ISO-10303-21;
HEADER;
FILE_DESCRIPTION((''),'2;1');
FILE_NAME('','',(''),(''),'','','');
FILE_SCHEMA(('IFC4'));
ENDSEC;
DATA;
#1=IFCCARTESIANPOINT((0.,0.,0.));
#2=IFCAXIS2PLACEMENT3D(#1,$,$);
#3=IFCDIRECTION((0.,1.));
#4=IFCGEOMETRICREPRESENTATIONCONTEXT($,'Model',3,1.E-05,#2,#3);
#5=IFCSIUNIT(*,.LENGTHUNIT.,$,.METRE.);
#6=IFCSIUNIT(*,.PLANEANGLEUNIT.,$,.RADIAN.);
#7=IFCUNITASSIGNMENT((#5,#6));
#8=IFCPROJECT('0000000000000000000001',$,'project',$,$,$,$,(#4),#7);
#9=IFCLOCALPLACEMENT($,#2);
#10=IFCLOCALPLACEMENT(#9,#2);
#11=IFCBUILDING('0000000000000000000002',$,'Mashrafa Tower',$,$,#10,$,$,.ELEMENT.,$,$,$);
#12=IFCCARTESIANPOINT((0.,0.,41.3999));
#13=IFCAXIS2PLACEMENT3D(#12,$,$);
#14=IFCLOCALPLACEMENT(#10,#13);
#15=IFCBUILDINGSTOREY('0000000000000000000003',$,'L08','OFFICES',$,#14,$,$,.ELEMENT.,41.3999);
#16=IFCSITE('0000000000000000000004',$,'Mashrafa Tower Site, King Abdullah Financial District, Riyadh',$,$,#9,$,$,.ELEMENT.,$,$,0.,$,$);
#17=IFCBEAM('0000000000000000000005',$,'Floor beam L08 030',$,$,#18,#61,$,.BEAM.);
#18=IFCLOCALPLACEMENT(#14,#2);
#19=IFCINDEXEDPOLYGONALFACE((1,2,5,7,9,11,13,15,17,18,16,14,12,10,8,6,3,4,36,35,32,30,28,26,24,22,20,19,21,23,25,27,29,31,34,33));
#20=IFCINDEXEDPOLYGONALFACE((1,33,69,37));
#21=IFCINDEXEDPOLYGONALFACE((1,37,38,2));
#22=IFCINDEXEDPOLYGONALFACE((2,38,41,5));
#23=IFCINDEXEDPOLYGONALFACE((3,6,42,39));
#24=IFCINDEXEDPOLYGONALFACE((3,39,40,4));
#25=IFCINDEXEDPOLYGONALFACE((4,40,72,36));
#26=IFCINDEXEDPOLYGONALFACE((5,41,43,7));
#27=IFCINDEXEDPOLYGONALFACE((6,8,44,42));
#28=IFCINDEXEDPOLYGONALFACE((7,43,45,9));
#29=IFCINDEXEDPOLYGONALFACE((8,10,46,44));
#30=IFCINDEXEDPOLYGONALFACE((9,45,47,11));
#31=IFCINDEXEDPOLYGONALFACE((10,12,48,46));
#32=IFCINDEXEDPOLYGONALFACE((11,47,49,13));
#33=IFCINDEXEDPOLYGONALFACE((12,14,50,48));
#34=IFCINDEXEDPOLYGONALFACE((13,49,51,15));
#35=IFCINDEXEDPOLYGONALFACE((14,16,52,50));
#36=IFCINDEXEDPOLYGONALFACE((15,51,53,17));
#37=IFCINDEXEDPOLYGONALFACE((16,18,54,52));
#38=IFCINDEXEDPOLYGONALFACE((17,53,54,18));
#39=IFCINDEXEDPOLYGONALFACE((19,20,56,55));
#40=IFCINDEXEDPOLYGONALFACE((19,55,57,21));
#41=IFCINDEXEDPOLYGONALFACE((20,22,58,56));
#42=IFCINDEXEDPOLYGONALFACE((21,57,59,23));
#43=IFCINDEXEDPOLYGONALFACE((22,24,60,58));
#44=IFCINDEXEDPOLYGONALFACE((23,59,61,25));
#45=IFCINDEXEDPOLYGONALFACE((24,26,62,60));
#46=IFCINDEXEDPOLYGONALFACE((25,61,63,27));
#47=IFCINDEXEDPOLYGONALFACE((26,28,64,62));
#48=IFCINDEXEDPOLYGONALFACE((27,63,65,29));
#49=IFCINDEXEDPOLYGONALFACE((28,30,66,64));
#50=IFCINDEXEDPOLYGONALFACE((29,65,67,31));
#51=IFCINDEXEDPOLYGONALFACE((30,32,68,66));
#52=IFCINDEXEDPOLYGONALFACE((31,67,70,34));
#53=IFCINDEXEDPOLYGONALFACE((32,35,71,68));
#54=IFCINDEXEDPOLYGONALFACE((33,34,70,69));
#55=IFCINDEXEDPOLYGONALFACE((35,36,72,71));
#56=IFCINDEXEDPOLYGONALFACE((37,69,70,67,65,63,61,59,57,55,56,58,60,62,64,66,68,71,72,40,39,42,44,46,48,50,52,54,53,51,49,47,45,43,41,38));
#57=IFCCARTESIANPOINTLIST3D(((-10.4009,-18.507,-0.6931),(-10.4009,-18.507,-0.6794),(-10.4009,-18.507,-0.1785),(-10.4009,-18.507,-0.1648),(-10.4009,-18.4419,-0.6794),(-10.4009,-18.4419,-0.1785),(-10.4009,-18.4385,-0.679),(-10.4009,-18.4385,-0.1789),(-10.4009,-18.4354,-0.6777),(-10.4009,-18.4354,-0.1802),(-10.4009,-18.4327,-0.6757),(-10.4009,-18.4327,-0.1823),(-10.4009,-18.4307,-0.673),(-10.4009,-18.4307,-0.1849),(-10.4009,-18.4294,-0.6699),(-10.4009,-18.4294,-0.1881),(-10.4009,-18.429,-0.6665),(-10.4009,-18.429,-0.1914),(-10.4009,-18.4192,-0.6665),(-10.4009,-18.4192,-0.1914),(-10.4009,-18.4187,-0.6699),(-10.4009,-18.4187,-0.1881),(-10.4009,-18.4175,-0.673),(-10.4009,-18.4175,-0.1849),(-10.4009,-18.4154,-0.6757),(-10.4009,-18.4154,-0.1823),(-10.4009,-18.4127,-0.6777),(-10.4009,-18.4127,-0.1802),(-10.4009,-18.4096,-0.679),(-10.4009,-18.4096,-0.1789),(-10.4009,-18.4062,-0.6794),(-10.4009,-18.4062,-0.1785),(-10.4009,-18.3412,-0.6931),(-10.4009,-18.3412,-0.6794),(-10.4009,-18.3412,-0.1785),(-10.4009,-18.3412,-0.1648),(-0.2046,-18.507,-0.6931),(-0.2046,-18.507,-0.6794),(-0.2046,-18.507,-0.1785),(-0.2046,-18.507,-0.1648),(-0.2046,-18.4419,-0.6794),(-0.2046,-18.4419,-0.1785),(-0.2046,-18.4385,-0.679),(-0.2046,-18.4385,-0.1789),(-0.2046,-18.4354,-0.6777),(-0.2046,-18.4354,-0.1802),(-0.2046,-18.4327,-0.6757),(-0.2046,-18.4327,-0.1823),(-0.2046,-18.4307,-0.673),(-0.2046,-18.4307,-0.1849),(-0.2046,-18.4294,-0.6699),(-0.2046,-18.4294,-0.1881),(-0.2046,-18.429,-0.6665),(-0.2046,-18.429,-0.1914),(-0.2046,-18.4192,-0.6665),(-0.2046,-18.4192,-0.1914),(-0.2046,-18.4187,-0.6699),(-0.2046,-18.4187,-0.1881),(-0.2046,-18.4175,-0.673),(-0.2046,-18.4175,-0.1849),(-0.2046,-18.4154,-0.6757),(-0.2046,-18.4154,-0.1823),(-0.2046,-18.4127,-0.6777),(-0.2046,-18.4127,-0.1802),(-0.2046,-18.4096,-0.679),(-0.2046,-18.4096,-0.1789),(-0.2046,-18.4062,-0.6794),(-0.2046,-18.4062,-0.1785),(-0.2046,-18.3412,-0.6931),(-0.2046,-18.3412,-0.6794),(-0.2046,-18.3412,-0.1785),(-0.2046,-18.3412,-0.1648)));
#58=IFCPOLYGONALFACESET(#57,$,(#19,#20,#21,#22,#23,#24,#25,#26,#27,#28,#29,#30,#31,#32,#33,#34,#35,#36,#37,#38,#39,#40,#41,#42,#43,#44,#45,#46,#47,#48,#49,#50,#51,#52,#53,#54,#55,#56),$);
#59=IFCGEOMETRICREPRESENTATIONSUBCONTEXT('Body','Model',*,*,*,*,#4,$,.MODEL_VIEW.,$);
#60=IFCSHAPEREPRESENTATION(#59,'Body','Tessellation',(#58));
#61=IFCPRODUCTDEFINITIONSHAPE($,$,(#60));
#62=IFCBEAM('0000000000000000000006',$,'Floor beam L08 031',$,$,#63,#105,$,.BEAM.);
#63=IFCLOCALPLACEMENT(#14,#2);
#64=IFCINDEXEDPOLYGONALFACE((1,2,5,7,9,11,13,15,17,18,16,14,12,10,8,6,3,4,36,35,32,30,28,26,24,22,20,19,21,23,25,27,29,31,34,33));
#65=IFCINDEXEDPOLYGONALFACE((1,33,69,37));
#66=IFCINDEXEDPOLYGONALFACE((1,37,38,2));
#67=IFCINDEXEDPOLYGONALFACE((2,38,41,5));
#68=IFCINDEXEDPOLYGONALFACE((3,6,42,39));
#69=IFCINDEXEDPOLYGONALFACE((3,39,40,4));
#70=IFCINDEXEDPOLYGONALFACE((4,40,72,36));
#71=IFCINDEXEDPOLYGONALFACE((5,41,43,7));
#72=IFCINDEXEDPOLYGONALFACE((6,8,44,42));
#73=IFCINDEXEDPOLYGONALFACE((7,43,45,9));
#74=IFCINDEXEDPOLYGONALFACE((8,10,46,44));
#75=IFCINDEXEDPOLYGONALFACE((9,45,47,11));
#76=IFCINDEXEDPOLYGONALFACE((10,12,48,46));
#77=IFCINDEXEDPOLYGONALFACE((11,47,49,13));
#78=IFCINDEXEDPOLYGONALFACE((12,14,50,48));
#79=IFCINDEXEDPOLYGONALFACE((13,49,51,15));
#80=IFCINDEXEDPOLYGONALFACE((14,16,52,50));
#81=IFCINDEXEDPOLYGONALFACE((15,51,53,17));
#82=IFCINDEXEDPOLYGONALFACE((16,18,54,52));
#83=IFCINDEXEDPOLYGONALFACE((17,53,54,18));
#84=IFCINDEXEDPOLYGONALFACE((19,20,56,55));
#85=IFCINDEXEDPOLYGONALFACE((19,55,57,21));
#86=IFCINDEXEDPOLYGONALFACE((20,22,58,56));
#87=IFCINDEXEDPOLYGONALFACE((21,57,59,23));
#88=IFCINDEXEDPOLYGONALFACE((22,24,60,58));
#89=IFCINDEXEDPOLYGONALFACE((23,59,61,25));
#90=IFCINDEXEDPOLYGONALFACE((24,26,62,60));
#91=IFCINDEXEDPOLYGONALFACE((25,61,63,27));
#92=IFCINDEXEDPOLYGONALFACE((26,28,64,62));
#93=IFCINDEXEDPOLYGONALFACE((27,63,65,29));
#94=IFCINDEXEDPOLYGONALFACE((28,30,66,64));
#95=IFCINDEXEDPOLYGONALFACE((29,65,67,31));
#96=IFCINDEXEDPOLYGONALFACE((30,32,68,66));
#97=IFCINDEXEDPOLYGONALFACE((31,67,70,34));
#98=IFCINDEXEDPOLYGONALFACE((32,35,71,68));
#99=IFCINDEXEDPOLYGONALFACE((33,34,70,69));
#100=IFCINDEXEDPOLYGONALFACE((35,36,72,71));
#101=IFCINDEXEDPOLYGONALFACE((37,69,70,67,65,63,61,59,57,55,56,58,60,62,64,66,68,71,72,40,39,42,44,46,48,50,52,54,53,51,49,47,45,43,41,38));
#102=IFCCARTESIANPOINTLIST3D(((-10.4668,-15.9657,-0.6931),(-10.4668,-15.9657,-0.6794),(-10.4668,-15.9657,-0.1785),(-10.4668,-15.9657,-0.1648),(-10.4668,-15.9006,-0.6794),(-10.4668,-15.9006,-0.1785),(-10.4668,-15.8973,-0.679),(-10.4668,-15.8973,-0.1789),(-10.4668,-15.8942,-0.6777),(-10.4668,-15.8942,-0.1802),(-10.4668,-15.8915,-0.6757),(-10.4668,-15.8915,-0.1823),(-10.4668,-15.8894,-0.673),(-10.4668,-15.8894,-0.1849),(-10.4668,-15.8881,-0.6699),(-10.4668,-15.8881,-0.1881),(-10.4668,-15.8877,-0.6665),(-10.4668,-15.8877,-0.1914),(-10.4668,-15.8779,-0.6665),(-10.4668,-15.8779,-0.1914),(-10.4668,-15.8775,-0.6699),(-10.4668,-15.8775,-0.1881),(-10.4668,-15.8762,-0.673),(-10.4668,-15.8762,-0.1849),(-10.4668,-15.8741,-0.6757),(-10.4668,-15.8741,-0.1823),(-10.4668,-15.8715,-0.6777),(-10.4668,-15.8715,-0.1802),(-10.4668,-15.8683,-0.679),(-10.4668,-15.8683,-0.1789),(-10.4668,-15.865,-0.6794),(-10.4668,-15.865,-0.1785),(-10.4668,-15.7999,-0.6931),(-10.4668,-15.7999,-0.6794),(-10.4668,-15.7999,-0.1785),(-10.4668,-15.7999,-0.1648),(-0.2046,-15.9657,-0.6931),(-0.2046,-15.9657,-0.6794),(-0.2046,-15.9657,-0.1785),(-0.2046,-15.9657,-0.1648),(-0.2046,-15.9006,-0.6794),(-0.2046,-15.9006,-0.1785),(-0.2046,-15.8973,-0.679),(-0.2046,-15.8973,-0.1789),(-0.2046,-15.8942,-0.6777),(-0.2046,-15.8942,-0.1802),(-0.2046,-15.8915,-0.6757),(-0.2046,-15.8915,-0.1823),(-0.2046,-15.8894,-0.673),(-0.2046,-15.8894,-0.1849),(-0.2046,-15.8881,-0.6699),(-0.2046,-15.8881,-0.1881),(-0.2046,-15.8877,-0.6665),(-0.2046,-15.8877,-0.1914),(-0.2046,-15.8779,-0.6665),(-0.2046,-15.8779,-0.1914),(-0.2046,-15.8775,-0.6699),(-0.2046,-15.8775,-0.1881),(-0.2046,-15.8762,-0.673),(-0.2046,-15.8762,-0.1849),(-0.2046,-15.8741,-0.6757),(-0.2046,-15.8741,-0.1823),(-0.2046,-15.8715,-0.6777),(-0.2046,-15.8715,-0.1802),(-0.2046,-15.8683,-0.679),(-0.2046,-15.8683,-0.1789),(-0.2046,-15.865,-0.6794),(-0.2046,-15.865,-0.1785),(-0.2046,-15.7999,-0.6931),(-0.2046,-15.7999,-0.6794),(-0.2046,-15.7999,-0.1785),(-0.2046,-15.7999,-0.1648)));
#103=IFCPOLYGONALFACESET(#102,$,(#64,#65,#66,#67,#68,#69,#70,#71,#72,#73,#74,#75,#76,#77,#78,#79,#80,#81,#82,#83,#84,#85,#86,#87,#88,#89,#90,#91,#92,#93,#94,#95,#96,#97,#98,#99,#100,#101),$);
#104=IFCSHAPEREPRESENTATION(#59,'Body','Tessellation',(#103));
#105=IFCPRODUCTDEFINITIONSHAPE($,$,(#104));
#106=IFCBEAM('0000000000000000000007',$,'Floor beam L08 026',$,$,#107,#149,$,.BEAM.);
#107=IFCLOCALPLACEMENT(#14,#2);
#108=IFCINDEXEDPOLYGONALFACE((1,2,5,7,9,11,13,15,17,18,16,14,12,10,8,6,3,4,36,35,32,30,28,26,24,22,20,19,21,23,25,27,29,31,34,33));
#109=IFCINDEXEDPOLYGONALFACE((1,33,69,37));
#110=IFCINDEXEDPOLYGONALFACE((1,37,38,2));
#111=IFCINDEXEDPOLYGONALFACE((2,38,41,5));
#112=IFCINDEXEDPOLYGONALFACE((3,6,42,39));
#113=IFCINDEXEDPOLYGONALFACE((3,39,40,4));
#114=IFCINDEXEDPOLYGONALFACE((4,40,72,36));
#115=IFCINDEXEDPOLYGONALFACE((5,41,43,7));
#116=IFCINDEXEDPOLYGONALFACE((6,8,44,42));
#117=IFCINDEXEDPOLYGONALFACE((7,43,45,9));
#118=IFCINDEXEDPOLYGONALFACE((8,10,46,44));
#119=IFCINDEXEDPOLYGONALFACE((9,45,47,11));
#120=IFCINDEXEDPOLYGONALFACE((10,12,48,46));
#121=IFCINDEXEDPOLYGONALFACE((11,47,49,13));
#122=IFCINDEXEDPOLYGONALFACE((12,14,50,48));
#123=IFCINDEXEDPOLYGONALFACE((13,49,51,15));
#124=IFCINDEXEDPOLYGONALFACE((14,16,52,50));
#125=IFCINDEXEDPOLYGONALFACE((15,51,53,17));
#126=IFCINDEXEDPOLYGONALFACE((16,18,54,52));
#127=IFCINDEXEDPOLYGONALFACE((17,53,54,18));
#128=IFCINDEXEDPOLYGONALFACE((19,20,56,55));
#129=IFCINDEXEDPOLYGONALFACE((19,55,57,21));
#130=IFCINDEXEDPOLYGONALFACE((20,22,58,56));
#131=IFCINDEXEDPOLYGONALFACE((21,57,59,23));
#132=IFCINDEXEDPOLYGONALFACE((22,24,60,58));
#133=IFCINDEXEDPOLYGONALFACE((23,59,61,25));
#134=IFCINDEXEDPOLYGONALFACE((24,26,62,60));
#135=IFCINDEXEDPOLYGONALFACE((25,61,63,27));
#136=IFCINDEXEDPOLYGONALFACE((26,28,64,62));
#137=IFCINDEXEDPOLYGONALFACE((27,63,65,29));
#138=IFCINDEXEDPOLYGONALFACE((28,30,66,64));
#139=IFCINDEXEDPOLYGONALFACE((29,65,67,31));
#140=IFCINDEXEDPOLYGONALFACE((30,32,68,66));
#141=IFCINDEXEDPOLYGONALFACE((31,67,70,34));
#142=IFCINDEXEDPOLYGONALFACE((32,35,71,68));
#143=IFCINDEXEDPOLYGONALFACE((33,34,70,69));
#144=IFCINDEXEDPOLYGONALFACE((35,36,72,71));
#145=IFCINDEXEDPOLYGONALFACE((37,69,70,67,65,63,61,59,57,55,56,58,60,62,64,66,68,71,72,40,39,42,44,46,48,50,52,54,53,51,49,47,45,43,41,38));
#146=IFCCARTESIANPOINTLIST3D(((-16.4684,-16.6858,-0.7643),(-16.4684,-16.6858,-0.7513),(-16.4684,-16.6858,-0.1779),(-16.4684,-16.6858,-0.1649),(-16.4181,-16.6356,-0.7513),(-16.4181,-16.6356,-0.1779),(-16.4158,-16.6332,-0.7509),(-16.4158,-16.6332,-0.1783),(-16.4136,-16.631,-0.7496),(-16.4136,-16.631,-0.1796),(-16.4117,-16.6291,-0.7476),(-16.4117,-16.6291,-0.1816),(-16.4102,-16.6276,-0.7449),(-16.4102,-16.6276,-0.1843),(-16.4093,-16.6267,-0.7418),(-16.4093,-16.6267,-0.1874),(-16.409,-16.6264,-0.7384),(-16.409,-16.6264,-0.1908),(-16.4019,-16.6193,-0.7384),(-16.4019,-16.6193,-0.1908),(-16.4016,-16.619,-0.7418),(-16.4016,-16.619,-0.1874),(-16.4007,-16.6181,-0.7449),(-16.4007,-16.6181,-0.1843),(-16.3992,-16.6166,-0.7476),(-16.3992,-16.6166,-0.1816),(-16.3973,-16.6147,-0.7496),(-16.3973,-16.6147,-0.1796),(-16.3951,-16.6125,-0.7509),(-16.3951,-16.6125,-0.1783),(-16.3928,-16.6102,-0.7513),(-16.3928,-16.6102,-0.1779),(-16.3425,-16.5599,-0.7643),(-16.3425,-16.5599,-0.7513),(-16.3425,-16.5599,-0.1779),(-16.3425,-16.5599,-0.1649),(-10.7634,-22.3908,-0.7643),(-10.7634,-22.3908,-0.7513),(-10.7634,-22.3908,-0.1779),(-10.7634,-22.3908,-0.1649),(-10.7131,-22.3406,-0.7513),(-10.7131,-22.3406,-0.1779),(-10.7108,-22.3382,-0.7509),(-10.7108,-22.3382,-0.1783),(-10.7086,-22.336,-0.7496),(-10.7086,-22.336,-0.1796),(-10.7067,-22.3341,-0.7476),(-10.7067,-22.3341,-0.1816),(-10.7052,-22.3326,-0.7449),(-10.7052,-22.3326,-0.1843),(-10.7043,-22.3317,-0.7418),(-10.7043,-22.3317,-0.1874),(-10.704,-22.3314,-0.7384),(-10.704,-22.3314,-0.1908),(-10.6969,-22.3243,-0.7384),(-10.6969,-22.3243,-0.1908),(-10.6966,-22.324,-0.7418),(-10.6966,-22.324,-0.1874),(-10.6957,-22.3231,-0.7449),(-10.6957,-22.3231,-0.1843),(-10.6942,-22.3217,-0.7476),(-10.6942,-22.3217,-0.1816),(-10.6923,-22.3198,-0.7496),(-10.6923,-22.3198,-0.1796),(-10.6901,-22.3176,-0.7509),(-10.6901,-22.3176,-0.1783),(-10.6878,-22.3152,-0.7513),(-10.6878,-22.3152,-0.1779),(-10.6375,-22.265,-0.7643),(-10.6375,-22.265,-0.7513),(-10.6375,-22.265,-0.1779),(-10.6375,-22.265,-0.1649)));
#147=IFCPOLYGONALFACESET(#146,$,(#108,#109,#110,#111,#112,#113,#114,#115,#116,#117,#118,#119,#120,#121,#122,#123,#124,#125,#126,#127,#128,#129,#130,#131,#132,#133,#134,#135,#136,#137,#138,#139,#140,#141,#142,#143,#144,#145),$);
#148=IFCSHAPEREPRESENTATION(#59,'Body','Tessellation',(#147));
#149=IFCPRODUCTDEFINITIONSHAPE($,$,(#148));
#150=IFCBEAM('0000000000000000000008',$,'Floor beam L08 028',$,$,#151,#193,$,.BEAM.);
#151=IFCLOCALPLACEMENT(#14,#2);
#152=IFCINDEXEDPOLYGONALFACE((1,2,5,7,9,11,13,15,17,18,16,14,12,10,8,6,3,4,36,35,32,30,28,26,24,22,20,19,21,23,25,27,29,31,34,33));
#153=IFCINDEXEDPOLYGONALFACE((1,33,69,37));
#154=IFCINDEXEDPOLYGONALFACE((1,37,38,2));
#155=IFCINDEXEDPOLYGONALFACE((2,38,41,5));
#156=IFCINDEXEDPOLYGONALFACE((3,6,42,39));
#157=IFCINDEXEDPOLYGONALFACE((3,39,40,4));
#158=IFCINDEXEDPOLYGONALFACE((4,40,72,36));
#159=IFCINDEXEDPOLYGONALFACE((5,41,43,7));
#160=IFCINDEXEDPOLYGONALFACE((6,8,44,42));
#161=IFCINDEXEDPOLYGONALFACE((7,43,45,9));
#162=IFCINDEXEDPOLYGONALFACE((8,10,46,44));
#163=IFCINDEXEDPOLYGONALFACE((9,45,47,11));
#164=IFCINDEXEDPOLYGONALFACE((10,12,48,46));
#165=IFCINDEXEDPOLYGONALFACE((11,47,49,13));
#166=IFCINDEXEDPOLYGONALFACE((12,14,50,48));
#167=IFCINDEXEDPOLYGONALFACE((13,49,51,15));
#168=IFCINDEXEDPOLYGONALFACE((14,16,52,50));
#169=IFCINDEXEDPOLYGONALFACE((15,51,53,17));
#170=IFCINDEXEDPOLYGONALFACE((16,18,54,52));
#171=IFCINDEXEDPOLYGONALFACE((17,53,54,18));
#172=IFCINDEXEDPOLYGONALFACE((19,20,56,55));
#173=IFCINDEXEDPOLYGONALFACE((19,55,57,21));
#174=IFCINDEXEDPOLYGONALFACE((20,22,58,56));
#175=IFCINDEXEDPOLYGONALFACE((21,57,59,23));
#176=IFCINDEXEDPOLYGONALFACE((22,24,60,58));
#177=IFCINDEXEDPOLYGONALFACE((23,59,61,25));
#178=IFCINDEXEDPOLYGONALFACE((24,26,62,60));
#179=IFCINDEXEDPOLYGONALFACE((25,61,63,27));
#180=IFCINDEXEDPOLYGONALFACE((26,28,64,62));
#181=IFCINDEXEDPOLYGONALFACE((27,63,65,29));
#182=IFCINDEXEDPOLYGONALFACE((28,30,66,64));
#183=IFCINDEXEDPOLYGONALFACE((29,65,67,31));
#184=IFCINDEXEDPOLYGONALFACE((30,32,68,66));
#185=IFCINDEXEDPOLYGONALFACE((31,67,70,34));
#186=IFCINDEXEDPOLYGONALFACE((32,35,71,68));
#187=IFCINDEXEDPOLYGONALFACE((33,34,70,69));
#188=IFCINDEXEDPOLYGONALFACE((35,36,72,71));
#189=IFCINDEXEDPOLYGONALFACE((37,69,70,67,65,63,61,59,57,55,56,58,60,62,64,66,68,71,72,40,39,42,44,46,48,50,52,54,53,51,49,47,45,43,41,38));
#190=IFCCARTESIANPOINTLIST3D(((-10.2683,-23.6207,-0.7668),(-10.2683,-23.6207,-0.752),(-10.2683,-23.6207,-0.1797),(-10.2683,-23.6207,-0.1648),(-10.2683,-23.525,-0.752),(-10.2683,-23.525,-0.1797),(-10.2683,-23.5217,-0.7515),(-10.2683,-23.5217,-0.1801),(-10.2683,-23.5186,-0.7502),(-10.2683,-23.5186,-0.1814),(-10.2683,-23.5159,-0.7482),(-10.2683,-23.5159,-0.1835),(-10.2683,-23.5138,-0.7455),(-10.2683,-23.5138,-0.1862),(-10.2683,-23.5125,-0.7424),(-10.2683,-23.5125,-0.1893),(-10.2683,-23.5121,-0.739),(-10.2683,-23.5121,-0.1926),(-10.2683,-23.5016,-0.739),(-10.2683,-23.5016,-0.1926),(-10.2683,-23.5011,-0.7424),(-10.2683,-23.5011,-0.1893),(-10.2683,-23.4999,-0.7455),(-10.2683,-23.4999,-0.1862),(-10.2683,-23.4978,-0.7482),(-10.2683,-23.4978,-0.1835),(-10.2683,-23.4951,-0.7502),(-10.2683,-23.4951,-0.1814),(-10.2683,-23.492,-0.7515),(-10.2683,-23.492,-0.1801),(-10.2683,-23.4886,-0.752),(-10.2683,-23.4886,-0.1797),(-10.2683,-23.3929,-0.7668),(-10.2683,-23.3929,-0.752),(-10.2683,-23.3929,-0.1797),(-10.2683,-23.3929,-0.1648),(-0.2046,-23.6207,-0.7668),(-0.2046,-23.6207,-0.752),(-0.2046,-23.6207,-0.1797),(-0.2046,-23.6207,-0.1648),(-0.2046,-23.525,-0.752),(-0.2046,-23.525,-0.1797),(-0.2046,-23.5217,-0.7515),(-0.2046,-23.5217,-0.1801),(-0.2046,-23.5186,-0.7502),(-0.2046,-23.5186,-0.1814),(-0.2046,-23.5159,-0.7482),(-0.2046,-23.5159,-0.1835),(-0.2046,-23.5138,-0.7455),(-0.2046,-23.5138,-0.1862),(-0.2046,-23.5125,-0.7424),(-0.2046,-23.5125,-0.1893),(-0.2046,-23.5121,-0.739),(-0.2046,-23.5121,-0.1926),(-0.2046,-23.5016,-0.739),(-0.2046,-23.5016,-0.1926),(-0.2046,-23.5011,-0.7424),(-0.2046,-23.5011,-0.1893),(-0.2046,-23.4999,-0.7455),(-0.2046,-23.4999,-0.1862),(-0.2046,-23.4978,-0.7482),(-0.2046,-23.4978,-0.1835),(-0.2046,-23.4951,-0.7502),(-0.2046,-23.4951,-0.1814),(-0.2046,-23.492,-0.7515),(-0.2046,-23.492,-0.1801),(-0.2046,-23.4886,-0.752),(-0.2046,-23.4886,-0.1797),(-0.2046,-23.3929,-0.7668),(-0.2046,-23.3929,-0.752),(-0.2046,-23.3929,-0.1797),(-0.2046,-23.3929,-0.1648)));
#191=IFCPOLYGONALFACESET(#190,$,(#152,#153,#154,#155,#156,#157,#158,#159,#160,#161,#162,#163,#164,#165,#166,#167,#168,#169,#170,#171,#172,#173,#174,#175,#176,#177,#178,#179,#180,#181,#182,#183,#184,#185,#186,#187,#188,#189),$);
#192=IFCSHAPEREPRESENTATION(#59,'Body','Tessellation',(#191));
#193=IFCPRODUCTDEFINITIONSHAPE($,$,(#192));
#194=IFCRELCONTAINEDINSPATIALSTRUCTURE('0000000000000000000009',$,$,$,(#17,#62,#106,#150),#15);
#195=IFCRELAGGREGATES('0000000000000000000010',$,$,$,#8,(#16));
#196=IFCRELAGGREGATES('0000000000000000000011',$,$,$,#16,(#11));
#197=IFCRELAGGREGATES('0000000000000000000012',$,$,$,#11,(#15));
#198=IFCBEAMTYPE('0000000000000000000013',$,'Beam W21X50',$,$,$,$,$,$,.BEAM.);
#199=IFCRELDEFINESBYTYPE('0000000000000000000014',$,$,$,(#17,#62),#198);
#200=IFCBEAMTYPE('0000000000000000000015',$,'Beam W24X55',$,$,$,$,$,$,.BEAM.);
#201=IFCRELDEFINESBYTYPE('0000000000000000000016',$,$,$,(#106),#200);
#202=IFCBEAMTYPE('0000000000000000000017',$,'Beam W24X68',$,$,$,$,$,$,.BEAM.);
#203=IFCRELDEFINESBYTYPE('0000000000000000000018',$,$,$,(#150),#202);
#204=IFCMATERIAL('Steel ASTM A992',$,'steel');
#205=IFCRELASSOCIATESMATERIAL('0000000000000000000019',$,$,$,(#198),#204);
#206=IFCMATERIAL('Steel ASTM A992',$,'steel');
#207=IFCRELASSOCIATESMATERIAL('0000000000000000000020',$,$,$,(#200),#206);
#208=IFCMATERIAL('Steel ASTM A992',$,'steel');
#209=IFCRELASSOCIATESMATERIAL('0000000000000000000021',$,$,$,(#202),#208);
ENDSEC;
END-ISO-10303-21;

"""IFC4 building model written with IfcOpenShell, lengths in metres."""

from ifc_helpers import new_model, si_unit, direction, frame, origin, origin_2d, place, context, subcontext, project, spatial, i_section, extrude, material, material_profile, profile_set, type_object, element, save


model = new_model("IFC4")

# Units and contexts
model_context = context("Model", 3, precision=1e-05, world=origin(), true_north=direction((0.0, 1.0)))
body_context = subcontext(model_context, "Body", "Model", "MODEL_VIEW")
ifc_project = project(units=[si_unit("LENGTHUNIT", "METRE"), si_unit("PLANEANGLEUNIT", "RADIAN")], contexts=[model_context])

# Site, building, storey
site_placement = place(None, origin())
site = spatial("IfcSite", under=ifc_project, at=site_placement, Name="Mashrafa Tower Site, King Abdullah Financial District, Riyadh", CompositionType="ELEMENT", RefElevation=0.0)
building_placement = place(site_placement, origin())
building = spatial("IfcBuilding", under=site, at=building_placement, Name="Mashrafa Tower", CompositionType="ELEMENT")
storey_placement = place(building_placement, frame((0.0, 0.0, 41.3999)))
storey = spatial("IfcBuildingStorey", under=building, at=storey_placement, Name="L08", Description="OFFICES", CompositionType="ELEMENT", Elevation=41.3999)

# Beams
ifc_material_1 = material(Name="Steel ASTM A992", Category="steel")
ifc_material_profile_1 = material_profile(ifc_material_1, i_section(OverallWidth=0.1658, OverallDepth=0.5283, WebThickness=0.0098, FlangeThickness=0.0137, FilletRadius=0.0129, at=origin_2d()), Name="W21X50")
ifc_profile_set_1 = profile_set([ifc_material_profile_1], Name="Steel ASTM A992")
beam_type_1 = type_object("IfcBeamType", Name="Beam W21X50", PredefinedType="BEAM", material=ifc_profile_set_1)
beam_1_placement = place(storey_placement, frame((-0.2046, -18.4241, -0.429), z_axis=(-1.0, 0.0, 0.0), x_axis=(0.0, -1.0, 0.0)))
element("IfcBeam", 1, at=beam_1_placement, inside=storey, type_object=beam_type_1, Name="Floor beam L08 030", PredefinedType="BEAM", context=body_context, shape_type="SweptSolid", body=[
    extrude(i_section(OverallWidth=0.1658, OverallDepth=0.5283, WebThickness=0.0098, FlangeThickness=0.0137, FilletRadius=0.0129, at=origin_2d()), origin(), (0.0, 0.0, 1.0), 10.1963),
])
beam_2_placement = place(storey_placement, frame((-0.2046, -15.8828, -0.429), z_axis=(-1.0, 0.0, 0.0), x_axis=(0.0, -1.0, 0.0)))
element("IfcBeam", 2, at=beam_2_placement, inside=storey, type_object=beam_type_1, Name="Floor beam L08 031", PredefinedType="BEAM", context=body_context, shape_type="SweptSolid", body=[
    extrude(i_section(OverallWidth=0.1658, OverallDepth=0.5283, WebThickness=0.0098, FlangeThickness=0.0137, FilletRadius=0.0129, at=origin_2d()), origin(), (0.0, 0.0, 1.0), 10.2622),
])
ifc_material_2 = material(Name="Steel ASTM A992", Category="steel")
ifc_material_profile_2 = material_profile(ifc_material_2, i_section(OverallWidth=0.178, OverallDepth=0.5994, WebThickness=0.01, FlangeThickness=0.0129, FilletRadius=0.0129, at=origin_2d()), Name="W24X55")
ifc_profile_set_2 = profile_set([ifc_material_profile_2], Name="Steel ASTM A992")
beam_type_2 = type_object("IfcBeamType", Name="Beam W24X55", PredefinedType="BEAM", material=ifc_profile_set_2)
beam_3_placement = place(storey_placement, frame((-10.7004, -22.3279, -0.4646), z_axis=(-0.707107, 0.707107, 0.0), x_axis=(-0.707107, -0.707107, 0.0)))
element("IfcBeam", 3, at=beam_3_placement, inside=storey, type_object=beam_type_2, Name="Floor beam L08 026", PredefinedType="BEAM", context=body_context, shape_type="SweptSolid", body=[
    extrude(i_section(OverallWidth=0.178, OverallDepth=0.5994, WebThickness=0.01, FlangeThickness=0.0129, FilletRadius=0.0129, at=origin_2d()), origin(), (0.0, 0.0, 1.0), 8.0681),
])
ifc_material_3 = material(Name="Steel ASTM A992", Category="steel")
ifc_material_profile_3 = material_profile(ifc_material_3, i_section(OverallWidth=0.2278, OverallDepth=0.6021, WebThickness=0.0105, FlangeThickness=0.0149, FilletRadius=0.0129, at=origin_2d()), Name="W24X68")
ifc_profile_set_3 = profile_set([ifc_material_profile_3], Name="Steel ASTM A992")
beam_type_3 = type_object("IfcBeamType", Name="Beam W24X68", PredefinedType="BEAM", material=ifc_profile_set_3)
beam_4_placement = place(storey_placement, frame((-0.2046, -23.5068, -0.4658), z_axis=(-1.0, 0.0, 0.0), x_axis=(0.0, -1.0, 0.0)))
element("IfcBeam", 4, at=beam_4_placement, inside=storey, type_object=beam_type_3, Name="Floor beam L08 028", PredefinedType="BEAM", context=body_context, shape_type="SweptSolid", body=[
    extrude(i_section(OverallWidth=0.2278, OverallDepth=0.6021, WebThickness=0.0105, FlangeThickness=0.0149, FilletRadius=0.0129, at=origin_2d()), origin(), (0.0, 0.0, 1.0), 10.0637),
])

save(model, "model.ifc")
